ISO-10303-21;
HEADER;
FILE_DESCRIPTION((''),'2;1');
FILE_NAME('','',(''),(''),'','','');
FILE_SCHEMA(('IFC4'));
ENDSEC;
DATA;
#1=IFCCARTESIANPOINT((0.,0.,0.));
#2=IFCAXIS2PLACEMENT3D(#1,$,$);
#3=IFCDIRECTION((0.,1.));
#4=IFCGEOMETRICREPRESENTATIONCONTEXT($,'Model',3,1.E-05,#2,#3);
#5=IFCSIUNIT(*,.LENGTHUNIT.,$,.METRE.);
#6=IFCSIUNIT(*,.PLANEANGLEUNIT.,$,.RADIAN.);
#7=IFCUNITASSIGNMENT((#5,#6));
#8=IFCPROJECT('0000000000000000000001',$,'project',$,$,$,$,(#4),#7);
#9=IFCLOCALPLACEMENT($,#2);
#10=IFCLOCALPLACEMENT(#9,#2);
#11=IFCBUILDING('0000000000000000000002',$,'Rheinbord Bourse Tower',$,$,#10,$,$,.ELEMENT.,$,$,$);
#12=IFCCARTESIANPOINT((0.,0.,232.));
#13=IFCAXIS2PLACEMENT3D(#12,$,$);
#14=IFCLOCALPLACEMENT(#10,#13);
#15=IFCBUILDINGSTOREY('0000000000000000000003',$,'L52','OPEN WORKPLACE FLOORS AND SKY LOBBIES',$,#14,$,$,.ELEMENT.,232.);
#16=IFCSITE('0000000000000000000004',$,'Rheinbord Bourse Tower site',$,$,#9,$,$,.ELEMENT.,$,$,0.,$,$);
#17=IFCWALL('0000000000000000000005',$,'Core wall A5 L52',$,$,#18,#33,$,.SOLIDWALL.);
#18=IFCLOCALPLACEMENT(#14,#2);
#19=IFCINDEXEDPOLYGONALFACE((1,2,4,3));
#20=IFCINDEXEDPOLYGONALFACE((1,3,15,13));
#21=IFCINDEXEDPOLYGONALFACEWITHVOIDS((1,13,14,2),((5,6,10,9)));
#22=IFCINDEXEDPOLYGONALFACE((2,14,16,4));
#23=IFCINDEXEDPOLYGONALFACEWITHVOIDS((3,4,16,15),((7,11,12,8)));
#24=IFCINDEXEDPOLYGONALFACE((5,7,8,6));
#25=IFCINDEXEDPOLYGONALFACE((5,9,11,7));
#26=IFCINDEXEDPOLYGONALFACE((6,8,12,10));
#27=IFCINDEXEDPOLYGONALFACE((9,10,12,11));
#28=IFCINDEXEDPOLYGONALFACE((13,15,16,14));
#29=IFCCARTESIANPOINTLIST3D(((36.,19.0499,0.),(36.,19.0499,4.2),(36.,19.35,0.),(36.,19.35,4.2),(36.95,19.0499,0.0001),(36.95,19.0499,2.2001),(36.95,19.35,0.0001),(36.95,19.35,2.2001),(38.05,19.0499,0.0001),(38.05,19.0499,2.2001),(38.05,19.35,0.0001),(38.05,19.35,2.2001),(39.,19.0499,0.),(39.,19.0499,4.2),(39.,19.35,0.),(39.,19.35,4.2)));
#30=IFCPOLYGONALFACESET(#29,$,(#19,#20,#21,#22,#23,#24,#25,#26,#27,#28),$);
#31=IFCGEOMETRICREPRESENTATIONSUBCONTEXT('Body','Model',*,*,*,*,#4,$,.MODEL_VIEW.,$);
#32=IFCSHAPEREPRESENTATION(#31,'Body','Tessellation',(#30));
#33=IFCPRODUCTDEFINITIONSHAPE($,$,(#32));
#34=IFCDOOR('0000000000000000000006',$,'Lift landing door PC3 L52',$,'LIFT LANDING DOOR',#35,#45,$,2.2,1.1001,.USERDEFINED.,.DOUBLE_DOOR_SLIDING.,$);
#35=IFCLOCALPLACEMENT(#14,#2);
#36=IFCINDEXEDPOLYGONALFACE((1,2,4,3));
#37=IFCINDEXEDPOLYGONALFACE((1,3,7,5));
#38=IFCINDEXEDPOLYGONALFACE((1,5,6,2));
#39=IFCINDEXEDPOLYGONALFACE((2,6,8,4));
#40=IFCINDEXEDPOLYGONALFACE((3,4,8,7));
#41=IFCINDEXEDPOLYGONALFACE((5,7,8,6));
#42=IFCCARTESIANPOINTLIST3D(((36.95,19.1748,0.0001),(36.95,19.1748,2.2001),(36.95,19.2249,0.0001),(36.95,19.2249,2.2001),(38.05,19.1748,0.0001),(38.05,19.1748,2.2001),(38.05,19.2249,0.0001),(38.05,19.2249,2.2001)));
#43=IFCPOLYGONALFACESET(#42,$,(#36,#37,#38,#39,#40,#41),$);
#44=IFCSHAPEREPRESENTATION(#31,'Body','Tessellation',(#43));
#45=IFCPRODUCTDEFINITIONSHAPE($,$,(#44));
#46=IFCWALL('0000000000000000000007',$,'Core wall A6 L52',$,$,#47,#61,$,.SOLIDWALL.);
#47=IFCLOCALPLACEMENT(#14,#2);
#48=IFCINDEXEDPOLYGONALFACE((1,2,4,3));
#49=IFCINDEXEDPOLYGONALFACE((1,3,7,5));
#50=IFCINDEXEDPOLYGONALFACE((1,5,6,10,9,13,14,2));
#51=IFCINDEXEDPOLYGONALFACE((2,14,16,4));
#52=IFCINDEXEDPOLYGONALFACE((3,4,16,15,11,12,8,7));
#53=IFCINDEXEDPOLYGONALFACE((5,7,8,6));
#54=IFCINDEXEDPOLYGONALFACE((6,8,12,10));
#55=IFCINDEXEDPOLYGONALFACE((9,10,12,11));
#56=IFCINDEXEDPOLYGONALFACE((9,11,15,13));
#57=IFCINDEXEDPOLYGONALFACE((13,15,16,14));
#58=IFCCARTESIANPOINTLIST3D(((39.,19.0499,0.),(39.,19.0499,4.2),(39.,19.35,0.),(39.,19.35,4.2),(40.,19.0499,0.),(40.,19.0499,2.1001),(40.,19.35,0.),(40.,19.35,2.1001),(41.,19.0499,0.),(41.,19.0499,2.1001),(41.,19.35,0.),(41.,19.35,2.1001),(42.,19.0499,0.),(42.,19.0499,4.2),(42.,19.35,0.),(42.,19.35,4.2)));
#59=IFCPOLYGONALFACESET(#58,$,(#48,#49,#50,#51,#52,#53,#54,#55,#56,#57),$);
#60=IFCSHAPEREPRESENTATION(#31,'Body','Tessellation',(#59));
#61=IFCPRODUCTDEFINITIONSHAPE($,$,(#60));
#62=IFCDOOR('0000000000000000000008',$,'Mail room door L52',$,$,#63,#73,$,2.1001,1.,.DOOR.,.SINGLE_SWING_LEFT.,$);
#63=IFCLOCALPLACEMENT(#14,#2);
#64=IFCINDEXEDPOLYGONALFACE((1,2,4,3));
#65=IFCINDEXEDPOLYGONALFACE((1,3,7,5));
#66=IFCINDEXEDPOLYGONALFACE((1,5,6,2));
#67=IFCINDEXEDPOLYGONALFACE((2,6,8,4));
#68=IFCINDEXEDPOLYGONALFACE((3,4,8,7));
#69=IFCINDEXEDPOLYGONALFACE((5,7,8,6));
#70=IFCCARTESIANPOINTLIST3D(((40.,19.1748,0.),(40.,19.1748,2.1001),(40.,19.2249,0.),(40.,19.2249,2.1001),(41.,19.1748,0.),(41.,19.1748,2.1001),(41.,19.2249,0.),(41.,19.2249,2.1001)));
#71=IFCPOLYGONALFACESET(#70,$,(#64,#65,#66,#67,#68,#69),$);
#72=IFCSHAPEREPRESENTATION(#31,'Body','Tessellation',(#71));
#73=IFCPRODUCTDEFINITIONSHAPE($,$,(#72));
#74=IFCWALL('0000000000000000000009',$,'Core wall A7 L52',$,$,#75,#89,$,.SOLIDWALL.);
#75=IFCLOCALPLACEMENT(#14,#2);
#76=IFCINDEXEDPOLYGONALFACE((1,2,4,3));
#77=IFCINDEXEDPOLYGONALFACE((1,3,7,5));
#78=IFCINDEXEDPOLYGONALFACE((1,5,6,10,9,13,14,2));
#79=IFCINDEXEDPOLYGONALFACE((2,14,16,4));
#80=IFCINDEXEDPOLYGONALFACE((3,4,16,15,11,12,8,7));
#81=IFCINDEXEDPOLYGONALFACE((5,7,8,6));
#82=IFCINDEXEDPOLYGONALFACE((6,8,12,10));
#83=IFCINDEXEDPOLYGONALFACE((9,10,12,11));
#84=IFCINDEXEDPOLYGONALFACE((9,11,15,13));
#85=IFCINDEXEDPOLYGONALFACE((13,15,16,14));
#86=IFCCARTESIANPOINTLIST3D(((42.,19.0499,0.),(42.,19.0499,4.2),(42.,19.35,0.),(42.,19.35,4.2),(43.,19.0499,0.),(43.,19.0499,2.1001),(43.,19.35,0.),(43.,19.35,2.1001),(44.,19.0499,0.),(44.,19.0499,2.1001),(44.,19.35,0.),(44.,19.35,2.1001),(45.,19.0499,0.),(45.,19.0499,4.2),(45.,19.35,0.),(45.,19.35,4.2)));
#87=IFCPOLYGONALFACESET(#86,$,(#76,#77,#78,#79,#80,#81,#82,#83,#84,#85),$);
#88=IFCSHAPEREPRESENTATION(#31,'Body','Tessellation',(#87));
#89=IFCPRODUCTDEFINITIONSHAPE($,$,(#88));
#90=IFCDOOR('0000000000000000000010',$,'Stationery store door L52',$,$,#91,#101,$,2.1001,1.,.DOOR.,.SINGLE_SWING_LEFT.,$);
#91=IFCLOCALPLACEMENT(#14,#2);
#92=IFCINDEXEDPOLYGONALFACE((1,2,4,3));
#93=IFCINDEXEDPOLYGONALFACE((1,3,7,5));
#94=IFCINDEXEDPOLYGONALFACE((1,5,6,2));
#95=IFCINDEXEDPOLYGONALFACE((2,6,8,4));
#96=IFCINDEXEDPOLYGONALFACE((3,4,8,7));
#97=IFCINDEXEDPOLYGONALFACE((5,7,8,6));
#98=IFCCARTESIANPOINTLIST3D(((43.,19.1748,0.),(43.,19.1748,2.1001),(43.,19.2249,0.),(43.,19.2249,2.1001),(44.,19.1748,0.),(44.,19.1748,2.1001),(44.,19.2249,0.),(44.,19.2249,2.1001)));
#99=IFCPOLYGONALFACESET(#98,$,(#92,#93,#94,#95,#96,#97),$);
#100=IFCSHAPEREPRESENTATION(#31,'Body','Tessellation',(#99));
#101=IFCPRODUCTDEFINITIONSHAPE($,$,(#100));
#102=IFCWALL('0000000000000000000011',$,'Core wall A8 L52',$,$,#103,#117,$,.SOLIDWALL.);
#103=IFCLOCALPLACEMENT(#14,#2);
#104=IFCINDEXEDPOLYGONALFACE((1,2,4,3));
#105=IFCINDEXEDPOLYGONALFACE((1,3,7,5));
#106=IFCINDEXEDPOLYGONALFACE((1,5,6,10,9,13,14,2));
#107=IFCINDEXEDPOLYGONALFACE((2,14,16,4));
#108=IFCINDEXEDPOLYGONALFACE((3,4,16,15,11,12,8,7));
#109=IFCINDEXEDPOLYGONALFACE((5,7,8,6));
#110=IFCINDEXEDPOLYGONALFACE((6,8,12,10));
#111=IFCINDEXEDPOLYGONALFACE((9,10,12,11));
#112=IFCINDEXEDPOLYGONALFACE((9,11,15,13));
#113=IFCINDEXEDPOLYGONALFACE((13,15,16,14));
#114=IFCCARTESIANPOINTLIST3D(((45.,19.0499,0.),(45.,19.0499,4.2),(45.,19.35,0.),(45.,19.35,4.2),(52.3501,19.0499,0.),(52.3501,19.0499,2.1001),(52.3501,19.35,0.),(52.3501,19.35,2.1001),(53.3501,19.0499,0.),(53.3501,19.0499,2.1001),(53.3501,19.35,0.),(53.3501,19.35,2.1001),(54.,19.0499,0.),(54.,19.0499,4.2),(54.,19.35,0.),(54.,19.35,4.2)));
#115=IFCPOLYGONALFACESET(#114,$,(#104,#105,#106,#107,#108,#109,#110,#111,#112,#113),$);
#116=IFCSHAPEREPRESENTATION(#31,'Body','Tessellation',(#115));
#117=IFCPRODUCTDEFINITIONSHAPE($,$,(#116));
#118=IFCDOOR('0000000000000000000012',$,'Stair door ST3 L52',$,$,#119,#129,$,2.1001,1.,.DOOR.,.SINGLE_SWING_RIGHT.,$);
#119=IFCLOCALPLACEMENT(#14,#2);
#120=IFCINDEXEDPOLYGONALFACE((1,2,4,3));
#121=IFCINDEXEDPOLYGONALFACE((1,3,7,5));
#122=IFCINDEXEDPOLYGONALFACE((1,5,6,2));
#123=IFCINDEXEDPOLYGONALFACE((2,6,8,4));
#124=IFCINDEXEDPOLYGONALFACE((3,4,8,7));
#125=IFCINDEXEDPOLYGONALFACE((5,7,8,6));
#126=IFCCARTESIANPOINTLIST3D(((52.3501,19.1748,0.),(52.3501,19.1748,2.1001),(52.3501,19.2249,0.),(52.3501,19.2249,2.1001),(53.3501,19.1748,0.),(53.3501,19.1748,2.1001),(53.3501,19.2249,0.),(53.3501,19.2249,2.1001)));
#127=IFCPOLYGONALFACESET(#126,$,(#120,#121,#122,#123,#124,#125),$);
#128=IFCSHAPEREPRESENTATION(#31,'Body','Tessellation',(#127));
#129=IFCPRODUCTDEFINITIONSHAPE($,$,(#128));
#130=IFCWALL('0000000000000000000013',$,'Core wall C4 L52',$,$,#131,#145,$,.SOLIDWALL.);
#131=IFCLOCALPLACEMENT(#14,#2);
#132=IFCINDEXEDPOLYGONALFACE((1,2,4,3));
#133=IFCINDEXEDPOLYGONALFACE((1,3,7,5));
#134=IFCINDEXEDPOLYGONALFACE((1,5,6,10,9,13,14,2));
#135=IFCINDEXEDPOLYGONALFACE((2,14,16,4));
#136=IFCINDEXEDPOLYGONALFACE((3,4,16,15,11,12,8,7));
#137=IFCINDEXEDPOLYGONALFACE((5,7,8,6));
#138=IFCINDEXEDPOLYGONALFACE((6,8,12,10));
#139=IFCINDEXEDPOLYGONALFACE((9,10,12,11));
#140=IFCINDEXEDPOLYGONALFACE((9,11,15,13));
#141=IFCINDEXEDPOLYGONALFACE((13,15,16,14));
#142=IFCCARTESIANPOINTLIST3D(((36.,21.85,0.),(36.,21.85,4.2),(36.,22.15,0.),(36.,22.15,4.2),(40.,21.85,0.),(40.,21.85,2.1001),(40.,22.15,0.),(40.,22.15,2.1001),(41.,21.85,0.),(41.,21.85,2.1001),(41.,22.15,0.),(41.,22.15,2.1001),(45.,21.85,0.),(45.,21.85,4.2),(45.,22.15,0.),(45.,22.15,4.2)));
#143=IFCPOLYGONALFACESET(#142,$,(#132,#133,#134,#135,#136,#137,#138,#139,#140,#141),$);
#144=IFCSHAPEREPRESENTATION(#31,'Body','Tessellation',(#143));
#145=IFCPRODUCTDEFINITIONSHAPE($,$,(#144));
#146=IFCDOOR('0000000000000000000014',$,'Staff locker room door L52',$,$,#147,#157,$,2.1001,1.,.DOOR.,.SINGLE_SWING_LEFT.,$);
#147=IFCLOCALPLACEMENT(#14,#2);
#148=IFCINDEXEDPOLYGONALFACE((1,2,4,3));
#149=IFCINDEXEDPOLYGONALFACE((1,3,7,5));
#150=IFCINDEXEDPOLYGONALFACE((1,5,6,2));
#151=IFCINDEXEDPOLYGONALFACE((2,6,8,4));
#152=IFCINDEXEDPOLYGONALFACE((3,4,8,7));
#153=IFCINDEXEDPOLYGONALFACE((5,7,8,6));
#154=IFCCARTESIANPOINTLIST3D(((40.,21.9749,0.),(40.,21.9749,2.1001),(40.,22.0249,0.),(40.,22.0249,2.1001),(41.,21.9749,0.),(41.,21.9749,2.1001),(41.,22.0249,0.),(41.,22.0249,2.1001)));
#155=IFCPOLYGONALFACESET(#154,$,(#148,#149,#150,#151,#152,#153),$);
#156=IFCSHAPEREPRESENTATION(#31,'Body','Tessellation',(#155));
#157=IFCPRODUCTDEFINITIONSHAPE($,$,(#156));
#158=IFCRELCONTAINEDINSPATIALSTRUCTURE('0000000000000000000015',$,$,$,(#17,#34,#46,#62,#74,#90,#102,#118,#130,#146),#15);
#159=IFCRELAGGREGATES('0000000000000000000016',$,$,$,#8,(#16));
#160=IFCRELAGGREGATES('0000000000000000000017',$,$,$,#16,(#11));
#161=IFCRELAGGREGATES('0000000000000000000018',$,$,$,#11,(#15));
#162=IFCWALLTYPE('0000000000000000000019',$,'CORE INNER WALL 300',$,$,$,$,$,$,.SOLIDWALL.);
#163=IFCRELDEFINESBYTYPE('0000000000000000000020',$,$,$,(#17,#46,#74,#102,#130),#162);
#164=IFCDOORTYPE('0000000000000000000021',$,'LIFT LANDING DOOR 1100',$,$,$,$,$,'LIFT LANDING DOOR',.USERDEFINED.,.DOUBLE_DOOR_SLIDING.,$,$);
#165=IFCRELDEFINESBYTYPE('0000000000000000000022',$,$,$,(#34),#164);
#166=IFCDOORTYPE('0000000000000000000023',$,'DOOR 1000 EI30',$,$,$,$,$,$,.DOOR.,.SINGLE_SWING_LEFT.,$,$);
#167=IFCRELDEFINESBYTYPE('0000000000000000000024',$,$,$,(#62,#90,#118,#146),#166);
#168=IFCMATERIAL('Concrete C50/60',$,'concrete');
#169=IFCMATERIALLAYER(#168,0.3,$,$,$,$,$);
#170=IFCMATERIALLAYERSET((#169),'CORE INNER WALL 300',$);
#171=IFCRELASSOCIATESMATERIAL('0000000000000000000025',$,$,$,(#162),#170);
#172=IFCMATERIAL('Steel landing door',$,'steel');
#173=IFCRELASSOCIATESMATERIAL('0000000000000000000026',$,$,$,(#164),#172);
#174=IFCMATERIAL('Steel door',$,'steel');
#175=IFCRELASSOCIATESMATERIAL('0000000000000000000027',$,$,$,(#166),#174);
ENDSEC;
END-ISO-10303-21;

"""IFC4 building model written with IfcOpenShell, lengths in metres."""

from ifc_helpers import new_model, si_unit, direction, frame, frame_2d, origin, place, context, subcontext, project, spatial, rectangle, extrude, material, layer, layer_set, type_object, element, fill, save


model = new_model("IFC4")

# Units and contexts
model_context = context("Model", 3, precision=1e-05, world=origin(), true_north=direction((0.0, 1.0)))
body_context = subcontext(model_context, "Body", "Model", "MODEL_VIEW")
ifc_project = project(units=[si_unit("LENGTHUNIT", "METRE"), si_unit("PLANEANGLEUNIT", "RADIAN")], contexts=[model_context])

# Site, building, storey
site_placement = place(None, origin())
site = spatial("IfcSite", under=ifc_project, at=site_placement, Name="Rheinbord Bourse Tower site", CompositionType="ELEMENT", RefElevation=0.0)
building_placement = place(site_placement, origin())
building = spatial("IfcBuilding", under=site, at=building_placement, Name="Rheinbord Bourse Tower", CompositionType="ELEMENT")
storey_placement = place(building_placement, frame((0.0, 0.0, 232.0)))
storey = spatial("IfcBuildingStorey", under=building, at=storey_placement, Name="L52", Description="OPEN WORKPLACE FLOORS AND SKY LOBBIES", CompositionType="ELEMENT", Elevation=232.0)

# Walls, openings, doors
ifc_material_1 = material(Name="Concrete C50/60", Category="concrete")
ifc_layer_1 = layer(ifc_material_1, 0.3)
ifc_layer_set_1 = layer_set([ifc_layer_1], Name="CORE INNER WALL 300")
wall_type_1 = type_object("IfcWallType", Name="CORE INNER WALL 300", PredefinedType="SOLIDWALL", material=ifc_layer_set_1)
wall_1_placement = place(storey_placement, frame((36.0, 19.2, 0.0), z_axis=(0.0, 0.0, 1.0), x_axis=(1.0, 0.0, 0.0)))
wall_1 = element("IfcWall", 1, at=wall_1_placement, inside=storey, type_object=wall_type_1, Name="Core wall A5 L52", PredefinedType="SOLIDWALL", context=body_context, shape_type="SweptSolid", body=[
    extrude(rectangle(XDim=3.0, YDim=0.3, at=frame_2d((1.5, 0.0))), origin(), (0.0, 0.0, 1.0), 4.2),
])
opening_1_placement = place(wall_1_placement, frame((0.95, 0.0, 0.0)))
opening_1 = element("IfcOpeningElement", 2, at=opening_1_placement, cuts=wall_1, PredefinedType="OPENING", context=body_context, shape_type="SweptSolid", body=[
    extrude(rectangle(XDim=1.1001, YDim=2.2, at=frame_2d((0.55, 1.1001))), frame((0.0, 0.1599, 0.0), z_axis=(0.0, -1.0, 0.0), x_axis=(1.0, 0.0, 0.0)), (0.0, 0.0, 1.0), 0.3201),
])
ifc_material_2 = material(Name="Steel landing door", Category="steel")
door_type_1 = type_object("IfcDoorType", Name="LIFT LANDING DOOR 1100", ElementType="LIFT LANDING DOOR", OperationType="DOUBLE_DOOR_SLIDING", PredefinedType="USERDEFINED", material=ifc_material_2)
door_1_placement = place(opening_1_placement, origin())
door_1 = element("IfcDoor", 3, at=door_1_placement, inside=storey, type_object=door_type_1, Name="Lift landing door PC3 L52", ObjectType="LIFT LANDING DOOR", OperationType="DOUBLE_DOOR_SLIDING", OverallHeight=2.2, OverallWidth=1.1001, PredefinedType="USERDEFINED", context=body_context, shape_type="SweptSolid", body=[
    extrude(rectangle(XDim=1.1001, YDim=2.2, at=frame_2d((0.55, 1.1001))), frame((0.0, 0.0249, 0.0), z_axis=(0.0, -1.0, 0.0), x_axis=(1.0, 0.0, 0.0)), (0.0, 0.0, 1.0), 0.05),
])
fill(opening_1, door_1)
wall_2_placement = place(storey_placement, frame((39.0, 19.2, 0.0), z_axis=(0.0, 0.0, 1.0), x_axis=(1.0, 0.0, 0.0)))
wall_2 = element("IfcWall", 4, at=wall_2_placement, inside=storey, type_object=wall_type_1, Name="Core wall A6 L52", PredefinedType="SOLIDWALL", context=body_context, shape_type="SweptSolid", body=[
    extrude(rectangle(XDim=3.0, YDim=0.3, at=frame_2d((1.5, 0.0))), origin(), (0.0, 0.0, 1.0), 4.2),
])
opening_2_placement = place(wall_2_placement, frame((1.0, 0.0, 0.0)))
opening_2 = element("IfcOpeningElement", 5, at=opening_2_placement, cuts=wall_2, PredefinedType="OPENING", context=body_context, shape_type="SweptSolid", body=[
    extrude(rectangle(XDim=1.0, YDim=2.1001, at=frame_2d((0.5, 1.05))), frame((0.0, 0.1599, 0.0), z_axis=(0.0, -1.0, 0.0), x_axis=(1.0, 0.0, 0.0)), (0.0, 0.0, 1.0), 0.3201),
])
ifc_material_3 = material(Name="Steel door", Category="steel")
door_type_2 = type_object("IfcDoorType", Name="DOOR 1000 EI30", OperationType="SINGLE_SWING_LEFT", PredefinedType="DOOR", material=ifc_material_3)
door_2_placement = place(opening_2_placement, origin())
door_2 = element("IfcDoor", 6, at=door_2_placement, inside=storey, type_object=door_type_2, Name="Mail room door L52", OperationType="SINGLE_SWING_LEFT", OverallHeight=2.1001, OverallWidth=1.0, PredefinedType="DOOR", context=body_context, shape_type="SweptSolid", body=[
    extrude(rectangle(XDim=1.0, YDim=2.1001, at=frame_2d((0.5, 1.05))), frame((0.0, 0.0249, 0.0), z_axis=(0.0, -1.0, 0.0), x_axis=(1.0, 0.0, 0.0)), (0.0, 0.0, 1.0), 0.05),
])
fill(opening_2, door_2)
wall_3_placement = place(storey_placement, frame((42.0, 19.2, 0.0), z_axis=(0.0, 0.0, 1.0), x_axis=(1.0, 0.0, 0.0)))
wall_3 = element("IfcWall", 7, at=wall_3_placement, inside=storey, type_object=wall_type_1, Name="Core wall A7 L52", PredefinedType="SOLIDWALL", context=body_context, shape_type="SweptSolid", body=[
    extrude(rectangle(XDim=3.0, YDim=0.3, at=frame_2d((1.5, 0.0))), origin(), (0.0, 0.0, 1.0), 4.2),
])
opening_3_placement = place(wall_3_placement, frame((1.0, 0.0, 0.0)))
opening_3 = element("IfcOpeningElement", 8, at=opening_3_placement, cuts=wall_3, PredefinedType="OPENING", context=body_context, shape_type="SweptSolid", body=[
    extrude(rectangle(XDim=1.0, YDim=2.1001, at=frame_2d((0.5, 1.05))), frame((0.0, 0.1599, 0.0), z_axis=(0.0, -1.0, 0.0), x_axis=(1.0, 0.0, 0.0)), (0.0, 0.0, 1.0), 0.3201),
])
door_3_placement = place(opening_3_placement, origin())
door_3 = element("IfcDoor", 9, at=door_3_placement, inside=storey, type_object=door_type_2, Name="Stationery store door L52", OperationType="SINGLE_SWING_LEFT", OverallHeight=2.1001, OverallWidth=1.0, PredefinedType="DOOR", context=body_context, shape_type="SweptSolid", body=[
    extrude(rectangle(XDim=1.0, YDim=2.1001, at=frame_2d((0.5, 1.05))), frame((0.0, 0.0249, 0.0), z_axis=(0.0, -1.0, 0.0), x_axis=(1.0, 0.0, 0.0)), (0.0, 0.0, 1.0), 0.05),
])
fill(opening_3, door_3)
wall_4_placement = place(storey_placement, frame((45.0, 19.2, 0.0), z_axis=(0.0, 0.0, 1.0), x_axis=(1.0, 0.0, 0.0)))
wall_4 = element("IfcWall", 10, at=wall_4_placement, inside=storey, type_object=wall_type_1, Name="Core wall A8 L52", PredefinedType="SOLIDWALL", context=body_context, shape_type="SweptSolid", body=[
    extrude(rectangle(XDim=9.0, YDim=0.3, at=frame_2d((4.5, 0.0))), origin(), (0.0, 0.0, 1.0), 4.2),
])
opening_4_placement = place(wall_4_placement, frame((7.3501, 0.0, 0.0)))
opening_4 = element("IfcOpeningElement", 11, at=opening_4_placement, cuts=wall_4, PredefinedType="OPENING", context=body_context, shape_type="SweptSolid", body=[
    extrude(rectangle(XDim=1.0, YDim=2.1001, at=frame_2d((0.5, 1.05))), frame((0.0, 0.1599, 0.0), z_axis=(0.0, -1.0, 0.0), x_axis=(1.0, 0.0, 0.0)), (0.0, 0.0, 1.0), 0.3201),
])
door_4_placement = place(opening_4_placement, origin())
door_4 = element("IfcDoor", 12, at=door_4_placement, inside=storey, type_object=door_type_2, Name="Stair door ST3 L52", OperationType="SINGLE_SWING_RIGHT", OverallHeight=2.1001, OverallWidth=1.0, PredefinedType="DOOR", context=body_context, shape_type="SweptSolid", body=[
    extrude(rectangle(XDim=1.0, YDim=2.1001, at=frame_2d((0.5, 1.05))), frame((0.0, 0.0249, 0.0), z_axis=(0.0, -1.0, 0.0), x_axis=(1.0, 0.0, 0.0)), (0.0, 0.0, 1.0), 0.05),
])
fill(opening_4, door_4)
wall_5_placement = place(storey_placement, frame((36.0, 22.0, 0.0), z_axis=(0.0, 0.0, 1.0), x_axis=(1.0, 0.0, 0.0)))
wall_5 = element("IfcWall", 13, at=wall_5_placement, inside=storey, type_object=wall_type_1, Name="Core wall C4 L52", PredefinedType="SOLIDWALL", context=body_context, shape_type="SweptSolid", body=[
    extrude(rectangle(XDim=9.0, YDim=0.3, at=frame_2d((4.5, 0.0))), origin(), (0.0, 0.0, 1.0), 4.2),
])
opening_5_placement = place(wall_5_placement, frame((4.0, 0.0, 0.0)))
opening_5 = element("IfcOpeningElement", 14, at=opening_5_placement, cuts=wall_5, PredefinedType="OPENING", context=body_context, shape_type="SweptSolid", body=[
    extrude(rectangle(XDim=1.0, YDim=2.1001, at=frame_2d((0.5, 1.05))), frame((0.0, 0.1599, 0.0), z_axis=(0.0, -1.0, 0.0), x_axis=(1.0, 0.0, 0.0)), (0.0, 0.0, 1.0), 0.3201),
])
door_5_placement = place(opening_5_placement, origin())
door_5 = element("IfcDoor", 15, at=door_5_placement, inside=storey, type_object=door_type_2, Name="Staff locker room door L52", OperationType="SINGLE_SWING_LEFT", OverallHeight=2.1001, OverallWidth=1.0, PredefinedType="DOOR", context=body_context, shape_type="SweptSolid", body=[
    extrude(rectangle(XDim=1.0, YDim=2.1001, at=frame_2d((0.5, 1.05))), frame((0.0, 0.0249, 0.0), z_axis=(0.0, -1.0, 0.0), x_axis=(1.0, 0.0, 0.0)), (0.0, 0.0, 1.0), 0.05),
])
fill(opening_5, door_5)

save(model, "model.ifc")
